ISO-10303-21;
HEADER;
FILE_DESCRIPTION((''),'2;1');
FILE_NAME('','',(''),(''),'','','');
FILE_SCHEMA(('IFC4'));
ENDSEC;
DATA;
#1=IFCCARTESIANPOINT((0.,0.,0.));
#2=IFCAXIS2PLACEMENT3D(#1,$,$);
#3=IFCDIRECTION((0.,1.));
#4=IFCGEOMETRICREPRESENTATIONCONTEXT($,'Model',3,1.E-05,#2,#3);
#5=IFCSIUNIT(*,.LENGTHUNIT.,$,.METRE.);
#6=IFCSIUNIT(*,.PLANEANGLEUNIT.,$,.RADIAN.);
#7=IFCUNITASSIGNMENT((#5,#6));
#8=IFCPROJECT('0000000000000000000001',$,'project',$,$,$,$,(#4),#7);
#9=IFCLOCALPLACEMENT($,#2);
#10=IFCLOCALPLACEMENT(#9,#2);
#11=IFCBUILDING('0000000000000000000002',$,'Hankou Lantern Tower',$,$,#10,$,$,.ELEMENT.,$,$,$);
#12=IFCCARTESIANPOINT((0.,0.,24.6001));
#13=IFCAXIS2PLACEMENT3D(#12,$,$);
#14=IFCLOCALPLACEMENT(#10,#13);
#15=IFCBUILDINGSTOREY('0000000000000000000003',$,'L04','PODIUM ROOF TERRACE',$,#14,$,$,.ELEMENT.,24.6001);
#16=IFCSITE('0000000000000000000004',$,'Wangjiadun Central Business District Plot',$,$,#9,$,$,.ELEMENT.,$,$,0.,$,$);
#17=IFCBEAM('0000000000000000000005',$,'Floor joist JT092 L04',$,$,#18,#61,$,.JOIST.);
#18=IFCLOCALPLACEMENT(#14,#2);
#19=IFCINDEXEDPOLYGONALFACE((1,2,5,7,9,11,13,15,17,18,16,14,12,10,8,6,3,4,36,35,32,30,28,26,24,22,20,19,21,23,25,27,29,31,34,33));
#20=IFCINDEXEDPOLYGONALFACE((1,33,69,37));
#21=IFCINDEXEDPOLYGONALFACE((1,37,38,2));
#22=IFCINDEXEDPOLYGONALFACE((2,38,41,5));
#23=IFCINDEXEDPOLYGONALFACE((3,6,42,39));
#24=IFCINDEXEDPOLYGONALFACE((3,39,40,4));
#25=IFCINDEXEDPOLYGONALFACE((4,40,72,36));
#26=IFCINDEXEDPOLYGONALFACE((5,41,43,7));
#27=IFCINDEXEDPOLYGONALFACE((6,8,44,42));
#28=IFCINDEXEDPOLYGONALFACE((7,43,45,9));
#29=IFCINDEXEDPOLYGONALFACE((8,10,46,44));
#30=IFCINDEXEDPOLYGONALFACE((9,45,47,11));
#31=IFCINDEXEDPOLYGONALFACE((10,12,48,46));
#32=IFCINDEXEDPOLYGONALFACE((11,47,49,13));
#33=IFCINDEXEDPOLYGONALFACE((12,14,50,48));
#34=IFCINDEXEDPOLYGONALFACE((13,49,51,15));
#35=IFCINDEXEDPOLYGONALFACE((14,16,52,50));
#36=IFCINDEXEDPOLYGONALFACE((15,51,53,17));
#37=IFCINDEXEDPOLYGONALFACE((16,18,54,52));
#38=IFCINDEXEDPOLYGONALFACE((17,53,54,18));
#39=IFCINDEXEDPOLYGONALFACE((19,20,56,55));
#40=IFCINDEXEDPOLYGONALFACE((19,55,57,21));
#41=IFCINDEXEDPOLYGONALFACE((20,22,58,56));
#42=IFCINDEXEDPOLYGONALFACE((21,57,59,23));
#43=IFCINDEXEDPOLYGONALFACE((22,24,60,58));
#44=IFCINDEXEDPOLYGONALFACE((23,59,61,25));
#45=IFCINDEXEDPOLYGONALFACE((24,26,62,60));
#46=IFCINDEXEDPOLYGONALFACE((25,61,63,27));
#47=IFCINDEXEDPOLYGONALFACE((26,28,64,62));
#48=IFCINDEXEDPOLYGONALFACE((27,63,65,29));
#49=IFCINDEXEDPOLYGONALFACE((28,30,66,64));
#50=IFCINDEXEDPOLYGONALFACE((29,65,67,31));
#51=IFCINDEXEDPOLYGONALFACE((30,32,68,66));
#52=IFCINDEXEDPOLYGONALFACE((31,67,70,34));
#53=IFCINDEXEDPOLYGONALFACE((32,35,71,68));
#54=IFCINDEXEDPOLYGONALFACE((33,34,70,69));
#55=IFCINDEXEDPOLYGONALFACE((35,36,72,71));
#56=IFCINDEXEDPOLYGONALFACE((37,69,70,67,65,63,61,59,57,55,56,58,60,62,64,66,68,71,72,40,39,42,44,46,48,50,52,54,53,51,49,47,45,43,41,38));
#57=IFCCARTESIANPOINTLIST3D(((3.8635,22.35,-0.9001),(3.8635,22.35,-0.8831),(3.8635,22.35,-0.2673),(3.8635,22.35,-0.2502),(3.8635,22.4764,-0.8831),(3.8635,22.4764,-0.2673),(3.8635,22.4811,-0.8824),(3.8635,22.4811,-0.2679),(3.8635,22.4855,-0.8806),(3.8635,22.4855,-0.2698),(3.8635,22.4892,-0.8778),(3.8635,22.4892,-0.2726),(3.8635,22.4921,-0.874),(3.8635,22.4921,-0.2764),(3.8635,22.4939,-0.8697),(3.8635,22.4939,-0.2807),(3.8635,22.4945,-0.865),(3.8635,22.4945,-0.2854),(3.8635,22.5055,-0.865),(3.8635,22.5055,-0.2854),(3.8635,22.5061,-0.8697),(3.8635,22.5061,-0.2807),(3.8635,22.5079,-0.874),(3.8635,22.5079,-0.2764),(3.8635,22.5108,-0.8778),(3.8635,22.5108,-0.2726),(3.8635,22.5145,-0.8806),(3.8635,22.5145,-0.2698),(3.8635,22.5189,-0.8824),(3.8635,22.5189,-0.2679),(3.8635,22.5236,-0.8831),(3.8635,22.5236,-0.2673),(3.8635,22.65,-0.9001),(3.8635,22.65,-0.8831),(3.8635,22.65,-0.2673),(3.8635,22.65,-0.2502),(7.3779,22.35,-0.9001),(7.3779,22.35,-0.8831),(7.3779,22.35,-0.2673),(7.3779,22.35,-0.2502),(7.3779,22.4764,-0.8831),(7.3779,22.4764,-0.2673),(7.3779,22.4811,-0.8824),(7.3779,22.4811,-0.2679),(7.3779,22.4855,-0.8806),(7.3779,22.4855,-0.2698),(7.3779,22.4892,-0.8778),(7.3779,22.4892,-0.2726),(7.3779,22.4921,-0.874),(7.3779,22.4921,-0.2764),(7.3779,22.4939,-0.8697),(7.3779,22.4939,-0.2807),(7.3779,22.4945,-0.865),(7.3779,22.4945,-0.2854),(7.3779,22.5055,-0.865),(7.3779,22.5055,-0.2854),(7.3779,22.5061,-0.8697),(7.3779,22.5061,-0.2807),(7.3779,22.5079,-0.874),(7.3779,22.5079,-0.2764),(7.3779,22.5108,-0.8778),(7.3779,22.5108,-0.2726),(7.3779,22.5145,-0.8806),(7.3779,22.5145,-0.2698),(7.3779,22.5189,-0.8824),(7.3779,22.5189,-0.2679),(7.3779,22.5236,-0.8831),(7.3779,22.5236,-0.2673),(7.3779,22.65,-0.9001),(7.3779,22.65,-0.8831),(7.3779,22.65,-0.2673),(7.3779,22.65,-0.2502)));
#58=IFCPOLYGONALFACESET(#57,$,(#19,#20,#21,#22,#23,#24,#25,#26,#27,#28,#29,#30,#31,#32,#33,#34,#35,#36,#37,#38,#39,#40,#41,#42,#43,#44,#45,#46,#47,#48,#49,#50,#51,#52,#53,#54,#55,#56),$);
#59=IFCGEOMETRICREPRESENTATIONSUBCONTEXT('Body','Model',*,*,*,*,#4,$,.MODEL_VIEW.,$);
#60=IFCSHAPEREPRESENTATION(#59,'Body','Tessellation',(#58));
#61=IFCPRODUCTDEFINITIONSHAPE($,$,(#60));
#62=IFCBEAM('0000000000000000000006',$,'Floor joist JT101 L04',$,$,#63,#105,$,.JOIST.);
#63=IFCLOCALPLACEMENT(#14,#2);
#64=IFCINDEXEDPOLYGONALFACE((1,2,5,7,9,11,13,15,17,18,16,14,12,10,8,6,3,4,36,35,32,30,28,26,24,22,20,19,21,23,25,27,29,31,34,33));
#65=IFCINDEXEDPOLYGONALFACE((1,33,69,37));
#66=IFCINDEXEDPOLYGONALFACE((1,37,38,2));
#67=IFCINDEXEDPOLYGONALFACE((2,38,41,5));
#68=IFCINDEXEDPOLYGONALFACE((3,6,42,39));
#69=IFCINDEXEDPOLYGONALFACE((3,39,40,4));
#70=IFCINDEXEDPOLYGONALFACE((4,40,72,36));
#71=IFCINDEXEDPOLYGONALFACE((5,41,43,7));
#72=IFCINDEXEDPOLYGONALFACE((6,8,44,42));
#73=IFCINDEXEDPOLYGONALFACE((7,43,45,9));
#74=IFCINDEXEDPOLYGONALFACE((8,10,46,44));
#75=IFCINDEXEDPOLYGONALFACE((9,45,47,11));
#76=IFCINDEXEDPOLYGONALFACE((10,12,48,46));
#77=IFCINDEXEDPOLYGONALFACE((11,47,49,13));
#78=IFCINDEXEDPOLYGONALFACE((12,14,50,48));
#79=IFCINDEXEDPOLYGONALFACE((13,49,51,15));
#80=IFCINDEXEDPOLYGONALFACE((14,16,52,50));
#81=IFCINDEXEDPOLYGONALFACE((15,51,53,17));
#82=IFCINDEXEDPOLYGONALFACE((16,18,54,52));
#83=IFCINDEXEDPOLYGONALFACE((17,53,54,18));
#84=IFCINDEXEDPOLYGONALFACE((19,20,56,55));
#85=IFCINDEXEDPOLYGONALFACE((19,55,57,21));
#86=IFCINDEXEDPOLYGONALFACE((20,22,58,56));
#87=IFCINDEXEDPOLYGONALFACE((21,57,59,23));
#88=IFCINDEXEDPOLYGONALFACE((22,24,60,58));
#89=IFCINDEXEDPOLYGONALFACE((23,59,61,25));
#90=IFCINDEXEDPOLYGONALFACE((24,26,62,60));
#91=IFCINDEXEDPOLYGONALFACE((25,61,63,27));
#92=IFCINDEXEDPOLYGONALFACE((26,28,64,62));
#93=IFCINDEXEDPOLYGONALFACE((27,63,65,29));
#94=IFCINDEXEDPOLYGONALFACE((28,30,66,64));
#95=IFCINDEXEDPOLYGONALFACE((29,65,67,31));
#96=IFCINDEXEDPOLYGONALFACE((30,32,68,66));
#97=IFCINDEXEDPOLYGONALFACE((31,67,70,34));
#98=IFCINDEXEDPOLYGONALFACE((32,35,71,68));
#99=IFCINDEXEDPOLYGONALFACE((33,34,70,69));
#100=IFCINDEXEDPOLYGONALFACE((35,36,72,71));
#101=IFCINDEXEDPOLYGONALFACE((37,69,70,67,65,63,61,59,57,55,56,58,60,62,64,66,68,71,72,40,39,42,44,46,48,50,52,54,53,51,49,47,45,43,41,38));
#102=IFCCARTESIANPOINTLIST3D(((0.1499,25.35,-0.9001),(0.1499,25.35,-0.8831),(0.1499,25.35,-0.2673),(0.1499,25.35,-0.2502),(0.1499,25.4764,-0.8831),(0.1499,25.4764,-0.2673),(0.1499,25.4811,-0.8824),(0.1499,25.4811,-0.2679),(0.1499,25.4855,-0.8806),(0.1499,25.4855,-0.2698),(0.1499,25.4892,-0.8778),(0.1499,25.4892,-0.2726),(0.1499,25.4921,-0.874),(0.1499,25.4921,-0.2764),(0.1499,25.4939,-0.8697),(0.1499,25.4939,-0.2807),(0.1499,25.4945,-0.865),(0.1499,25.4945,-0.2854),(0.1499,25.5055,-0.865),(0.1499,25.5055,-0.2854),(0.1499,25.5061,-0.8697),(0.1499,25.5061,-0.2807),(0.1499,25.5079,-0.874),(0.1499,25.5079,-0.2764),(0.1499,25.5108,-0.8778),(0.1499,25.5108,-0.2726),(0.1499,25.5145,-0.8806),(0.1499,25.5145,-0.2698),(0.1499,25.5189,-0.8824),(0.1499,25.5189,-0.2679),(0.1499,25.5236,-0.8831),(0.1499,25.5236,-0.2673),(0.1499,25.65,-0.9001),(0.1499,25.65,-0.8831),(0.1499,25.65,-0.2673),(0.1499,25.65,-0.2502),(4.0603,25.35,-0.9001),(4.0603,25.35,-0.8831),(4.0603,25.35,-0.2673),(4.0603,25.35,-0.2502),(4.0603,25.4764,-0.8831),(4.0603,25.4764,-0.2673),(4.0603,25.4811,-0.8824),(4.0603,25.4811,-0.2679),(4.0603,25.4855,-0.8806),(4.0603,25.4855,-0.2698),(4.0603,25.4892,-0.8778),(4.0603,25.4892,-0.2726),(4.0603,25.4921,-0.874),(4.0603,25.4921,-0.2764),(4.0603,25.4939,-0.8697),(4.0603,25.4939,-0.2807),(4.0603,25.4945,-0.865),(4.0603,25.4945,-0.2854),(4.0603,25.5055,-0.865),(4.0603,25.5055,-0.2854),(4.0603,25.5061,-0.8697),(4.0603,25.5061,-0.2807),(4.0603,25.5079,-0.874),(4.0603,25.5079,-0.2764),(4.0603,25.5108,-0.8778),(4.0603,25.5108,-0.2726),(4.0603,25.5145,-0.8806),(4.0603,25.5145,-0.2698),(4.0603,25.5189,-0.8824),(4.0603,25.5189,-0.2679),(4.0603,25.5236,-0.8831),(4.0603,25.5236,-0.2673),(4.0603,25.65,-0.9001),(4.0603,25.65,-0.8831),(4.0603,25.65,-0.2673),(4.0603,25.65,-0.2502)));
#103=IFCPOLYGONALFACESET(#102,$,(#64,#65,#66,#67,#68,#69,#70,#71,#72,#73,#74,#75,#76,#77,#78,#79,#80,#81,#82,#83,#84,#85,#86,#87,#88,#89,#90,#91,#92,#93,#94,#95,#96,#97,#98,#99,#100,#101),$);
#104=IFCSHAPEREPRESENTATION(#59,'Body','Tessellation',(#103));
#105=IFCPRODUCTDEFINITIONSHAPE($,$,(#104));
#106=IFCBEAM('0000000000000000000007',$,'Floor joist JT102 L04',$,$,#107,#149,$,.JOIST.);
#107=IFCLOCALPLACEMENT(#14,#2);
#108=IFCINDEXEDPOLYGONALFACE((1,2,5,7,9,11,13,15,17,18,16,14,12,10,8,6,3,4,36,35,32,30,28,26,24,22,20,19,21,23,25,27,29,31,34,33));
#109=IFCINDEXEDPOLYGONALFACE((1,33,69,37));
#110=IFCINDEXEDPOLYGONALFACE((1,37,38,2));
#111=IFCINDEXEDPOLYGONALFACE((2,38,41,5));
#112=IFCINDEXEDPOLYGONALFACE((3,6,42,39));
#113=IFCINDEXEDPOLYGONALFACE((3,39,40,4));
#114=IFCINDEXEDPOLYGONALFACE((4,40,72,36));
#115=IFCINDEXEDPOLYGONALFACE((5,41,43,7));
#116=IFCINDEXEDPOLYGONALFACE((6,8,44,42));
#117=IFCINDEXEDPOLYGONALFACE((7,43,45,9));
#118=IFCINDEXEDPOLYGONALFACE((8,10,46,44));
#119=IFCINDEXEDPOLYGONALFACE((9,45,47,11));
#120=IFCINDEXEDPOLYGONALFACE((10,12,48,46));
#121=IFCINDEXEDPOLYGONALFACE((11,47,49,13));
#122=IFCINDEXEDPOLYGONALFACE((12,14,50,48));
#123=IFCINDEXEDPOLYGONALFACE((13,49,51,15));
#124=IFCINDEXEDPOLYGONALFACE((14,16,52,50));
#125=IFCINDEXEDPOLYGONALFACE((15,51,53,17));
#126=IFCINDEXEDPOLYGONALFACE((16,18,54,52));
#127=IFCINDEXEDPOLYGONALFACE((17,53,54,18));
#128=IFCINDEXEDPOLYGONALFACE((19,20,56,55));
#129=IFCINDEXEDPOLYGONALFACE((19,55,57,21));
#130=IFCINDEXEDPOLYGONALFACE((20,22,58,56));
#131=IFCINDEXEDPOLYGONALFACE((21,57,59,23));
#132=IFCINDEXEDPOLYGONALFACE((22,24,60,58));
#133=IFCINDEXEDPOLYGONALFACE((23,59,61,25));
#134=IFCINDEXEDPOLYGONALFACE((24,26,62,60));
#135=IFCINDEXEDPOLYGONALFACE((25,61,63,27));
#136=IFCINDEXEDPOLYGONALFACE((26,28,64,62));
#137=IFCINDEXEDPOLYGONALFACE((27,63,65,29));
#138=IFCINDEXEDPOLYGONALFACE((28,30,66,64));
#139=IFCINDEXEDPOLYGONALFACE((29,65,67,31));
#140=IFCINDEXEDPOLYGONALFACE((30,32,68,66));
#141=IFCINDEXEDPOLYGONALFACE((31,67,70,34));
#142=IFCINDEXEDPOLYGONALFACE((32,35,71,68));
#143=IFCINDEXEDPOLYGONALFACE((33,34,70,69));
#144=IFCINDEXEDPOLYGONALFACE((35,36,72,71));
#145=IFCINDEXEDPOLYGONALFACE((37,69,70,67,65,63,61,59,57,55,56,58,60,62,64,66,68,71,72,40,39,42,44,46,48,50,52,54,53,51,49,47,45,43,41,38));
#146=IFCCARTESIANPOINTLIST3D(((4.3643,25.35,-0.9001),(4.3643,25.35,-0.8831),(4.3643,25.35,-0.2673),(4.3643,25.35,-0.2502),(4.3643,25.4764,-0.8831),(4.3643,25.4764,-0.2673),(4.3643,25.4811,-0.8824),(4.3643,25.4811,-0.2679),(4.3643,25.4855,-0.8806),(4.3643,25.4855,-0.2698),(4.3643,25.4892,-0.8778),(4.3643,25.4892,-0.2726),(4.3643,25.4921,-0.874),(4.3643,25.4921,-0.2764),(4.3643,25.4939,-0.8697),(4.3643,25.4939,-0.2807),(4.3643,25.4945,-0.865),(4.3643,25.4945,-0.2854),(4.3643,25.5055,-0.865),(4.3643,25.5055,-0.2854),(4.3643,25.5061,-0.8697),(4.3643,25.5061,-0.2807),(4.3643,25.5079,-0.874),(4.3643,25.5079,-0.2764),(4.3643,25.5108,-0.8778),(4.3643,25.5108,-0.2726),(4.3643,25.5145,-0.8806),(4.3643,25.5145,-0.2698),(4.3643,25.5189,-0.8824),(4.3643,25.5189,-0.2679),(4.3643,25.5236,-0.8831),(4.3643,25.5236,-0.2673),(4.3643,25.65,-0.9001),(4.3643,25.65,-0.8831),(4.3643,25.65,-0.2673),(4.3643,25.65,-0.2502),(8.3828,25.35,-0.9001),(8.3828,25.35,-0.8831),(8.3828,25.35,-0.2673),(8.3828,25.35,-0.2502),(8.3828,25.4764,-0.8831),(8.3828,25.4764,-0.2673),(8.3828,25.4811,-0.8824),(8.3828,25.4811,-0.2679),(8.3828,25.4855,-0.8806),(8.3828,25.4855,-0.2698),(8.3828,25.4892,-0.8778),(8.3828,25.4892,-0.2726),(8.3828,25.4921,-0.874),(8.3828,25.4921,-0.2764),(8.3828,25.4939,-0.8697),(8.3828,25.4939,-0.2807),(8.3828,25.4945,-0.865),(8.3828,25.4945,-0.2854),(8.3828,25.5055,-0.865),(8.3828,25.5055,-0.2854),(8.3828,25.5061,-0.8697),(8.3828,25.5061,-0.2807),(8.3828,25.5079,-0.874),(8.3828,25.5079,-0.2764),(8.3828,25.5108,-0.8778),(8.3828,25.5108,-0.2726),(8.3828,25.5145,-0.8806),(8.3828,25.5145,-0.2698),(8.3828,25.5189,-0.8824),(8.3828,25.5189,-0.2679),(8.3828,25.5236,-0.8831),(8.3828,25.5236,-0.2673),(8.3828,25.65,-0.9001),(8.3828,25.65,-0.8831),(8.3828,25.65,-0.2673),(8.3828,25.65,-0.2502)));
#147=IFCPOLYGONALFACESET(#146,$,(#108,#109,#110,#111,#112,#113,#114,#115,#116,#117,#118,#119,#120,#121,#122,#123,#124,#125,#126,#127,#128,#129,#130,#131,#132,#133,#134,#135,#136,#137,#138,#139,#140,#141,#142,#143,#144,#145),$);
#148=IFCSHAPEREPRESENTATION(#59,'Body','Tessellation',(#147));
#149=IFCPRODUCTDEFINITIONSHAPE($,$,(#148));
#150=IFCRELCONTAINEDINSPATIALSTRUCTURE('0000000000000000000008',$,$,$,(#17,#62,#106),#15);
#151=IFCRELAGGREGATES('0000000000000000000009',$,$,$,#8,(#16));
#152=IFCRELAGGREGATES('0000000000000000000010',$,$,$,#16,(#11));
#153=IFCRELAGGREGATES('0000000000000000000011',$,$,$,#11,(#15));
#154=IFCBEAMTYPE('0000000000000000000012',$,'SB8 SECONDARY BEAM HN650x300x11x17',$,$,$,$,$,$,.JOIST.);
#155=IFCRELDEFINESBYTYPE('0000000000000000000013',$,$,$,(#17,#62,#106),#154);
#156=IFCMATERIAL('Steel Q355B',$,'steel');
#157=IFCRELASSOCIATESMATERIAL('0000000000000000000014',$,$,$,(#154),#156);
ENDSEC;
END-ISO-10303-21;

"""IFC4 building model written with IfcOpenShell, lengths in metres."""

from ifc_helpers import new_model, si_unit, direction, frame, origin, origin_2d, place, context, subcontext, project, spatial, i_section, extrude, material, material_profile, profile_set, type_object, element, save


model = new_model("IFC4")

# Units and contexts
model_context = context("Model", 3, precision=1e-05, world=origin(), true_north=direction((0.0, 1.0)))
body_context = subcontext(model_context, "Body", "Model", "MODEL_VIEW")
ifc_project = project(units=[si_unit("LENGTHUNIT", "METRE"), si_unit("PLANEANGLEUNIT", "RADIAN")], contexts=[model_context])

# Site, building, storey
site_placement = place(None, origin())
site = spatial("IfcSite", under=ifc_project, at=site_placement, Name="Wangjiadun Central Business District Plot", CompositionType="ELEMENT", RefElevation=0.0)
building_placement = place(site_placement, origin())
building = spatial("IfcBuilding", under=site, at=building_placement, Name="Hankou Lantern Tower", CompositionType="ELEMENT")
storey_placement = place(building_placement, frame((0.0, 0.0, 24.6001)))
storey = spatial("IfcBuildingStorey", under=building, at=storey_placement, Name="L04", Description="PODIUM ROOF TERRACE", CompositionType="ELEMENT", Elevation=24.6001)

# Beams
ifc_material_1 = material(Name="Steel Q355B", Category="steel")
ifc_material_profile_1 = material_profile(ifc_material_1, i_section(OverallWidth=0.3, OverallDepth=0.6499, WebThickness=0.011, FlangeThickness=0.0171, FilletRadius=0.0181, at=origin_2d()), Name="HN650x300x11x17")
ifc_profile_set_1 = profile_set([ifc_material_profile_1], Name="Steel Q355B")
beam_type_1 = type_object("IfcBeamType", Name="SB8 SECONDARY BEAM HN650x300x11x17", PredefinedType="JOIST", material=ifc_profile_set_1)
beam_1_placement = place(storey_placement, frame((3.8635, 22.5, -0.5752), z_axis=(1.0, 0.0, 0.0), x_axis=(0.0, 1.0, 0.0)))
element("IfcBeam", 1, at=beam_1_placement, inside=storey, type_object=beam_type_1, Name="Floor joist JT092 L04", PredefinedType="JOIST", context=body_context, shape_type="SweptSolid", body=[
    extrude(i_section(OverallWidth=0.3, OverallDepth=0.6499, WebThickness=0.011, FlangeThickness=0.0171, FilletRadius=0.0181, at=origin_2d()), origin(), (0.0, 0.0, 1.0), 3.5144),
])
beam_2_placement = place(storey_placement, frame((0.1499, 25.5, -0.5752), z_axis=(1.0, 0.0, 0.0), x_axis=(0.0, 1.0, 0.0)))
element("IfcBeam", 2, at=beam_2_placement, inside=storey, type_object=beam_type_1, Name="Floor joist JT101 L04", PredefinedType="JOIST", context=body_context, shape_type="SweptSolid", body=[
    extrude(i_section(OverallWidth=0.3, OverallDepth=0.6499, WebThickness=0.011, FlangeThickness=0.0171, FilletRadius=0.0181, at=origin_2d()), origin(), (0.0, 0.0, 1.0), 3.9104),
])
beam_3_placement = place(storey_placement, frame((4.3643, 25.5, -0.5752), z_axis=(1.0, 0.0, 0.0), x_axis=(0.0, 1.0, 0.0)))
element("IfcBeam", 3, at=beam_3_placement, inside=storey, type_object=beam_type_1, Name="Floor joist JT102 L04", PredefinedType="JOIST", context=body_context, shape_type="SweptSolid", body=[
    extrude(i_section(OverallWidth=0.3, OverallDepth=0.6499, WebThickness=0.011, FlangeThickness=0.0171, FilletRadius=0.0181, at=origin_2d()), origin(), (0.0, 0.0, 1.0), 4.0186),
])

save(model, "model.ifc")
